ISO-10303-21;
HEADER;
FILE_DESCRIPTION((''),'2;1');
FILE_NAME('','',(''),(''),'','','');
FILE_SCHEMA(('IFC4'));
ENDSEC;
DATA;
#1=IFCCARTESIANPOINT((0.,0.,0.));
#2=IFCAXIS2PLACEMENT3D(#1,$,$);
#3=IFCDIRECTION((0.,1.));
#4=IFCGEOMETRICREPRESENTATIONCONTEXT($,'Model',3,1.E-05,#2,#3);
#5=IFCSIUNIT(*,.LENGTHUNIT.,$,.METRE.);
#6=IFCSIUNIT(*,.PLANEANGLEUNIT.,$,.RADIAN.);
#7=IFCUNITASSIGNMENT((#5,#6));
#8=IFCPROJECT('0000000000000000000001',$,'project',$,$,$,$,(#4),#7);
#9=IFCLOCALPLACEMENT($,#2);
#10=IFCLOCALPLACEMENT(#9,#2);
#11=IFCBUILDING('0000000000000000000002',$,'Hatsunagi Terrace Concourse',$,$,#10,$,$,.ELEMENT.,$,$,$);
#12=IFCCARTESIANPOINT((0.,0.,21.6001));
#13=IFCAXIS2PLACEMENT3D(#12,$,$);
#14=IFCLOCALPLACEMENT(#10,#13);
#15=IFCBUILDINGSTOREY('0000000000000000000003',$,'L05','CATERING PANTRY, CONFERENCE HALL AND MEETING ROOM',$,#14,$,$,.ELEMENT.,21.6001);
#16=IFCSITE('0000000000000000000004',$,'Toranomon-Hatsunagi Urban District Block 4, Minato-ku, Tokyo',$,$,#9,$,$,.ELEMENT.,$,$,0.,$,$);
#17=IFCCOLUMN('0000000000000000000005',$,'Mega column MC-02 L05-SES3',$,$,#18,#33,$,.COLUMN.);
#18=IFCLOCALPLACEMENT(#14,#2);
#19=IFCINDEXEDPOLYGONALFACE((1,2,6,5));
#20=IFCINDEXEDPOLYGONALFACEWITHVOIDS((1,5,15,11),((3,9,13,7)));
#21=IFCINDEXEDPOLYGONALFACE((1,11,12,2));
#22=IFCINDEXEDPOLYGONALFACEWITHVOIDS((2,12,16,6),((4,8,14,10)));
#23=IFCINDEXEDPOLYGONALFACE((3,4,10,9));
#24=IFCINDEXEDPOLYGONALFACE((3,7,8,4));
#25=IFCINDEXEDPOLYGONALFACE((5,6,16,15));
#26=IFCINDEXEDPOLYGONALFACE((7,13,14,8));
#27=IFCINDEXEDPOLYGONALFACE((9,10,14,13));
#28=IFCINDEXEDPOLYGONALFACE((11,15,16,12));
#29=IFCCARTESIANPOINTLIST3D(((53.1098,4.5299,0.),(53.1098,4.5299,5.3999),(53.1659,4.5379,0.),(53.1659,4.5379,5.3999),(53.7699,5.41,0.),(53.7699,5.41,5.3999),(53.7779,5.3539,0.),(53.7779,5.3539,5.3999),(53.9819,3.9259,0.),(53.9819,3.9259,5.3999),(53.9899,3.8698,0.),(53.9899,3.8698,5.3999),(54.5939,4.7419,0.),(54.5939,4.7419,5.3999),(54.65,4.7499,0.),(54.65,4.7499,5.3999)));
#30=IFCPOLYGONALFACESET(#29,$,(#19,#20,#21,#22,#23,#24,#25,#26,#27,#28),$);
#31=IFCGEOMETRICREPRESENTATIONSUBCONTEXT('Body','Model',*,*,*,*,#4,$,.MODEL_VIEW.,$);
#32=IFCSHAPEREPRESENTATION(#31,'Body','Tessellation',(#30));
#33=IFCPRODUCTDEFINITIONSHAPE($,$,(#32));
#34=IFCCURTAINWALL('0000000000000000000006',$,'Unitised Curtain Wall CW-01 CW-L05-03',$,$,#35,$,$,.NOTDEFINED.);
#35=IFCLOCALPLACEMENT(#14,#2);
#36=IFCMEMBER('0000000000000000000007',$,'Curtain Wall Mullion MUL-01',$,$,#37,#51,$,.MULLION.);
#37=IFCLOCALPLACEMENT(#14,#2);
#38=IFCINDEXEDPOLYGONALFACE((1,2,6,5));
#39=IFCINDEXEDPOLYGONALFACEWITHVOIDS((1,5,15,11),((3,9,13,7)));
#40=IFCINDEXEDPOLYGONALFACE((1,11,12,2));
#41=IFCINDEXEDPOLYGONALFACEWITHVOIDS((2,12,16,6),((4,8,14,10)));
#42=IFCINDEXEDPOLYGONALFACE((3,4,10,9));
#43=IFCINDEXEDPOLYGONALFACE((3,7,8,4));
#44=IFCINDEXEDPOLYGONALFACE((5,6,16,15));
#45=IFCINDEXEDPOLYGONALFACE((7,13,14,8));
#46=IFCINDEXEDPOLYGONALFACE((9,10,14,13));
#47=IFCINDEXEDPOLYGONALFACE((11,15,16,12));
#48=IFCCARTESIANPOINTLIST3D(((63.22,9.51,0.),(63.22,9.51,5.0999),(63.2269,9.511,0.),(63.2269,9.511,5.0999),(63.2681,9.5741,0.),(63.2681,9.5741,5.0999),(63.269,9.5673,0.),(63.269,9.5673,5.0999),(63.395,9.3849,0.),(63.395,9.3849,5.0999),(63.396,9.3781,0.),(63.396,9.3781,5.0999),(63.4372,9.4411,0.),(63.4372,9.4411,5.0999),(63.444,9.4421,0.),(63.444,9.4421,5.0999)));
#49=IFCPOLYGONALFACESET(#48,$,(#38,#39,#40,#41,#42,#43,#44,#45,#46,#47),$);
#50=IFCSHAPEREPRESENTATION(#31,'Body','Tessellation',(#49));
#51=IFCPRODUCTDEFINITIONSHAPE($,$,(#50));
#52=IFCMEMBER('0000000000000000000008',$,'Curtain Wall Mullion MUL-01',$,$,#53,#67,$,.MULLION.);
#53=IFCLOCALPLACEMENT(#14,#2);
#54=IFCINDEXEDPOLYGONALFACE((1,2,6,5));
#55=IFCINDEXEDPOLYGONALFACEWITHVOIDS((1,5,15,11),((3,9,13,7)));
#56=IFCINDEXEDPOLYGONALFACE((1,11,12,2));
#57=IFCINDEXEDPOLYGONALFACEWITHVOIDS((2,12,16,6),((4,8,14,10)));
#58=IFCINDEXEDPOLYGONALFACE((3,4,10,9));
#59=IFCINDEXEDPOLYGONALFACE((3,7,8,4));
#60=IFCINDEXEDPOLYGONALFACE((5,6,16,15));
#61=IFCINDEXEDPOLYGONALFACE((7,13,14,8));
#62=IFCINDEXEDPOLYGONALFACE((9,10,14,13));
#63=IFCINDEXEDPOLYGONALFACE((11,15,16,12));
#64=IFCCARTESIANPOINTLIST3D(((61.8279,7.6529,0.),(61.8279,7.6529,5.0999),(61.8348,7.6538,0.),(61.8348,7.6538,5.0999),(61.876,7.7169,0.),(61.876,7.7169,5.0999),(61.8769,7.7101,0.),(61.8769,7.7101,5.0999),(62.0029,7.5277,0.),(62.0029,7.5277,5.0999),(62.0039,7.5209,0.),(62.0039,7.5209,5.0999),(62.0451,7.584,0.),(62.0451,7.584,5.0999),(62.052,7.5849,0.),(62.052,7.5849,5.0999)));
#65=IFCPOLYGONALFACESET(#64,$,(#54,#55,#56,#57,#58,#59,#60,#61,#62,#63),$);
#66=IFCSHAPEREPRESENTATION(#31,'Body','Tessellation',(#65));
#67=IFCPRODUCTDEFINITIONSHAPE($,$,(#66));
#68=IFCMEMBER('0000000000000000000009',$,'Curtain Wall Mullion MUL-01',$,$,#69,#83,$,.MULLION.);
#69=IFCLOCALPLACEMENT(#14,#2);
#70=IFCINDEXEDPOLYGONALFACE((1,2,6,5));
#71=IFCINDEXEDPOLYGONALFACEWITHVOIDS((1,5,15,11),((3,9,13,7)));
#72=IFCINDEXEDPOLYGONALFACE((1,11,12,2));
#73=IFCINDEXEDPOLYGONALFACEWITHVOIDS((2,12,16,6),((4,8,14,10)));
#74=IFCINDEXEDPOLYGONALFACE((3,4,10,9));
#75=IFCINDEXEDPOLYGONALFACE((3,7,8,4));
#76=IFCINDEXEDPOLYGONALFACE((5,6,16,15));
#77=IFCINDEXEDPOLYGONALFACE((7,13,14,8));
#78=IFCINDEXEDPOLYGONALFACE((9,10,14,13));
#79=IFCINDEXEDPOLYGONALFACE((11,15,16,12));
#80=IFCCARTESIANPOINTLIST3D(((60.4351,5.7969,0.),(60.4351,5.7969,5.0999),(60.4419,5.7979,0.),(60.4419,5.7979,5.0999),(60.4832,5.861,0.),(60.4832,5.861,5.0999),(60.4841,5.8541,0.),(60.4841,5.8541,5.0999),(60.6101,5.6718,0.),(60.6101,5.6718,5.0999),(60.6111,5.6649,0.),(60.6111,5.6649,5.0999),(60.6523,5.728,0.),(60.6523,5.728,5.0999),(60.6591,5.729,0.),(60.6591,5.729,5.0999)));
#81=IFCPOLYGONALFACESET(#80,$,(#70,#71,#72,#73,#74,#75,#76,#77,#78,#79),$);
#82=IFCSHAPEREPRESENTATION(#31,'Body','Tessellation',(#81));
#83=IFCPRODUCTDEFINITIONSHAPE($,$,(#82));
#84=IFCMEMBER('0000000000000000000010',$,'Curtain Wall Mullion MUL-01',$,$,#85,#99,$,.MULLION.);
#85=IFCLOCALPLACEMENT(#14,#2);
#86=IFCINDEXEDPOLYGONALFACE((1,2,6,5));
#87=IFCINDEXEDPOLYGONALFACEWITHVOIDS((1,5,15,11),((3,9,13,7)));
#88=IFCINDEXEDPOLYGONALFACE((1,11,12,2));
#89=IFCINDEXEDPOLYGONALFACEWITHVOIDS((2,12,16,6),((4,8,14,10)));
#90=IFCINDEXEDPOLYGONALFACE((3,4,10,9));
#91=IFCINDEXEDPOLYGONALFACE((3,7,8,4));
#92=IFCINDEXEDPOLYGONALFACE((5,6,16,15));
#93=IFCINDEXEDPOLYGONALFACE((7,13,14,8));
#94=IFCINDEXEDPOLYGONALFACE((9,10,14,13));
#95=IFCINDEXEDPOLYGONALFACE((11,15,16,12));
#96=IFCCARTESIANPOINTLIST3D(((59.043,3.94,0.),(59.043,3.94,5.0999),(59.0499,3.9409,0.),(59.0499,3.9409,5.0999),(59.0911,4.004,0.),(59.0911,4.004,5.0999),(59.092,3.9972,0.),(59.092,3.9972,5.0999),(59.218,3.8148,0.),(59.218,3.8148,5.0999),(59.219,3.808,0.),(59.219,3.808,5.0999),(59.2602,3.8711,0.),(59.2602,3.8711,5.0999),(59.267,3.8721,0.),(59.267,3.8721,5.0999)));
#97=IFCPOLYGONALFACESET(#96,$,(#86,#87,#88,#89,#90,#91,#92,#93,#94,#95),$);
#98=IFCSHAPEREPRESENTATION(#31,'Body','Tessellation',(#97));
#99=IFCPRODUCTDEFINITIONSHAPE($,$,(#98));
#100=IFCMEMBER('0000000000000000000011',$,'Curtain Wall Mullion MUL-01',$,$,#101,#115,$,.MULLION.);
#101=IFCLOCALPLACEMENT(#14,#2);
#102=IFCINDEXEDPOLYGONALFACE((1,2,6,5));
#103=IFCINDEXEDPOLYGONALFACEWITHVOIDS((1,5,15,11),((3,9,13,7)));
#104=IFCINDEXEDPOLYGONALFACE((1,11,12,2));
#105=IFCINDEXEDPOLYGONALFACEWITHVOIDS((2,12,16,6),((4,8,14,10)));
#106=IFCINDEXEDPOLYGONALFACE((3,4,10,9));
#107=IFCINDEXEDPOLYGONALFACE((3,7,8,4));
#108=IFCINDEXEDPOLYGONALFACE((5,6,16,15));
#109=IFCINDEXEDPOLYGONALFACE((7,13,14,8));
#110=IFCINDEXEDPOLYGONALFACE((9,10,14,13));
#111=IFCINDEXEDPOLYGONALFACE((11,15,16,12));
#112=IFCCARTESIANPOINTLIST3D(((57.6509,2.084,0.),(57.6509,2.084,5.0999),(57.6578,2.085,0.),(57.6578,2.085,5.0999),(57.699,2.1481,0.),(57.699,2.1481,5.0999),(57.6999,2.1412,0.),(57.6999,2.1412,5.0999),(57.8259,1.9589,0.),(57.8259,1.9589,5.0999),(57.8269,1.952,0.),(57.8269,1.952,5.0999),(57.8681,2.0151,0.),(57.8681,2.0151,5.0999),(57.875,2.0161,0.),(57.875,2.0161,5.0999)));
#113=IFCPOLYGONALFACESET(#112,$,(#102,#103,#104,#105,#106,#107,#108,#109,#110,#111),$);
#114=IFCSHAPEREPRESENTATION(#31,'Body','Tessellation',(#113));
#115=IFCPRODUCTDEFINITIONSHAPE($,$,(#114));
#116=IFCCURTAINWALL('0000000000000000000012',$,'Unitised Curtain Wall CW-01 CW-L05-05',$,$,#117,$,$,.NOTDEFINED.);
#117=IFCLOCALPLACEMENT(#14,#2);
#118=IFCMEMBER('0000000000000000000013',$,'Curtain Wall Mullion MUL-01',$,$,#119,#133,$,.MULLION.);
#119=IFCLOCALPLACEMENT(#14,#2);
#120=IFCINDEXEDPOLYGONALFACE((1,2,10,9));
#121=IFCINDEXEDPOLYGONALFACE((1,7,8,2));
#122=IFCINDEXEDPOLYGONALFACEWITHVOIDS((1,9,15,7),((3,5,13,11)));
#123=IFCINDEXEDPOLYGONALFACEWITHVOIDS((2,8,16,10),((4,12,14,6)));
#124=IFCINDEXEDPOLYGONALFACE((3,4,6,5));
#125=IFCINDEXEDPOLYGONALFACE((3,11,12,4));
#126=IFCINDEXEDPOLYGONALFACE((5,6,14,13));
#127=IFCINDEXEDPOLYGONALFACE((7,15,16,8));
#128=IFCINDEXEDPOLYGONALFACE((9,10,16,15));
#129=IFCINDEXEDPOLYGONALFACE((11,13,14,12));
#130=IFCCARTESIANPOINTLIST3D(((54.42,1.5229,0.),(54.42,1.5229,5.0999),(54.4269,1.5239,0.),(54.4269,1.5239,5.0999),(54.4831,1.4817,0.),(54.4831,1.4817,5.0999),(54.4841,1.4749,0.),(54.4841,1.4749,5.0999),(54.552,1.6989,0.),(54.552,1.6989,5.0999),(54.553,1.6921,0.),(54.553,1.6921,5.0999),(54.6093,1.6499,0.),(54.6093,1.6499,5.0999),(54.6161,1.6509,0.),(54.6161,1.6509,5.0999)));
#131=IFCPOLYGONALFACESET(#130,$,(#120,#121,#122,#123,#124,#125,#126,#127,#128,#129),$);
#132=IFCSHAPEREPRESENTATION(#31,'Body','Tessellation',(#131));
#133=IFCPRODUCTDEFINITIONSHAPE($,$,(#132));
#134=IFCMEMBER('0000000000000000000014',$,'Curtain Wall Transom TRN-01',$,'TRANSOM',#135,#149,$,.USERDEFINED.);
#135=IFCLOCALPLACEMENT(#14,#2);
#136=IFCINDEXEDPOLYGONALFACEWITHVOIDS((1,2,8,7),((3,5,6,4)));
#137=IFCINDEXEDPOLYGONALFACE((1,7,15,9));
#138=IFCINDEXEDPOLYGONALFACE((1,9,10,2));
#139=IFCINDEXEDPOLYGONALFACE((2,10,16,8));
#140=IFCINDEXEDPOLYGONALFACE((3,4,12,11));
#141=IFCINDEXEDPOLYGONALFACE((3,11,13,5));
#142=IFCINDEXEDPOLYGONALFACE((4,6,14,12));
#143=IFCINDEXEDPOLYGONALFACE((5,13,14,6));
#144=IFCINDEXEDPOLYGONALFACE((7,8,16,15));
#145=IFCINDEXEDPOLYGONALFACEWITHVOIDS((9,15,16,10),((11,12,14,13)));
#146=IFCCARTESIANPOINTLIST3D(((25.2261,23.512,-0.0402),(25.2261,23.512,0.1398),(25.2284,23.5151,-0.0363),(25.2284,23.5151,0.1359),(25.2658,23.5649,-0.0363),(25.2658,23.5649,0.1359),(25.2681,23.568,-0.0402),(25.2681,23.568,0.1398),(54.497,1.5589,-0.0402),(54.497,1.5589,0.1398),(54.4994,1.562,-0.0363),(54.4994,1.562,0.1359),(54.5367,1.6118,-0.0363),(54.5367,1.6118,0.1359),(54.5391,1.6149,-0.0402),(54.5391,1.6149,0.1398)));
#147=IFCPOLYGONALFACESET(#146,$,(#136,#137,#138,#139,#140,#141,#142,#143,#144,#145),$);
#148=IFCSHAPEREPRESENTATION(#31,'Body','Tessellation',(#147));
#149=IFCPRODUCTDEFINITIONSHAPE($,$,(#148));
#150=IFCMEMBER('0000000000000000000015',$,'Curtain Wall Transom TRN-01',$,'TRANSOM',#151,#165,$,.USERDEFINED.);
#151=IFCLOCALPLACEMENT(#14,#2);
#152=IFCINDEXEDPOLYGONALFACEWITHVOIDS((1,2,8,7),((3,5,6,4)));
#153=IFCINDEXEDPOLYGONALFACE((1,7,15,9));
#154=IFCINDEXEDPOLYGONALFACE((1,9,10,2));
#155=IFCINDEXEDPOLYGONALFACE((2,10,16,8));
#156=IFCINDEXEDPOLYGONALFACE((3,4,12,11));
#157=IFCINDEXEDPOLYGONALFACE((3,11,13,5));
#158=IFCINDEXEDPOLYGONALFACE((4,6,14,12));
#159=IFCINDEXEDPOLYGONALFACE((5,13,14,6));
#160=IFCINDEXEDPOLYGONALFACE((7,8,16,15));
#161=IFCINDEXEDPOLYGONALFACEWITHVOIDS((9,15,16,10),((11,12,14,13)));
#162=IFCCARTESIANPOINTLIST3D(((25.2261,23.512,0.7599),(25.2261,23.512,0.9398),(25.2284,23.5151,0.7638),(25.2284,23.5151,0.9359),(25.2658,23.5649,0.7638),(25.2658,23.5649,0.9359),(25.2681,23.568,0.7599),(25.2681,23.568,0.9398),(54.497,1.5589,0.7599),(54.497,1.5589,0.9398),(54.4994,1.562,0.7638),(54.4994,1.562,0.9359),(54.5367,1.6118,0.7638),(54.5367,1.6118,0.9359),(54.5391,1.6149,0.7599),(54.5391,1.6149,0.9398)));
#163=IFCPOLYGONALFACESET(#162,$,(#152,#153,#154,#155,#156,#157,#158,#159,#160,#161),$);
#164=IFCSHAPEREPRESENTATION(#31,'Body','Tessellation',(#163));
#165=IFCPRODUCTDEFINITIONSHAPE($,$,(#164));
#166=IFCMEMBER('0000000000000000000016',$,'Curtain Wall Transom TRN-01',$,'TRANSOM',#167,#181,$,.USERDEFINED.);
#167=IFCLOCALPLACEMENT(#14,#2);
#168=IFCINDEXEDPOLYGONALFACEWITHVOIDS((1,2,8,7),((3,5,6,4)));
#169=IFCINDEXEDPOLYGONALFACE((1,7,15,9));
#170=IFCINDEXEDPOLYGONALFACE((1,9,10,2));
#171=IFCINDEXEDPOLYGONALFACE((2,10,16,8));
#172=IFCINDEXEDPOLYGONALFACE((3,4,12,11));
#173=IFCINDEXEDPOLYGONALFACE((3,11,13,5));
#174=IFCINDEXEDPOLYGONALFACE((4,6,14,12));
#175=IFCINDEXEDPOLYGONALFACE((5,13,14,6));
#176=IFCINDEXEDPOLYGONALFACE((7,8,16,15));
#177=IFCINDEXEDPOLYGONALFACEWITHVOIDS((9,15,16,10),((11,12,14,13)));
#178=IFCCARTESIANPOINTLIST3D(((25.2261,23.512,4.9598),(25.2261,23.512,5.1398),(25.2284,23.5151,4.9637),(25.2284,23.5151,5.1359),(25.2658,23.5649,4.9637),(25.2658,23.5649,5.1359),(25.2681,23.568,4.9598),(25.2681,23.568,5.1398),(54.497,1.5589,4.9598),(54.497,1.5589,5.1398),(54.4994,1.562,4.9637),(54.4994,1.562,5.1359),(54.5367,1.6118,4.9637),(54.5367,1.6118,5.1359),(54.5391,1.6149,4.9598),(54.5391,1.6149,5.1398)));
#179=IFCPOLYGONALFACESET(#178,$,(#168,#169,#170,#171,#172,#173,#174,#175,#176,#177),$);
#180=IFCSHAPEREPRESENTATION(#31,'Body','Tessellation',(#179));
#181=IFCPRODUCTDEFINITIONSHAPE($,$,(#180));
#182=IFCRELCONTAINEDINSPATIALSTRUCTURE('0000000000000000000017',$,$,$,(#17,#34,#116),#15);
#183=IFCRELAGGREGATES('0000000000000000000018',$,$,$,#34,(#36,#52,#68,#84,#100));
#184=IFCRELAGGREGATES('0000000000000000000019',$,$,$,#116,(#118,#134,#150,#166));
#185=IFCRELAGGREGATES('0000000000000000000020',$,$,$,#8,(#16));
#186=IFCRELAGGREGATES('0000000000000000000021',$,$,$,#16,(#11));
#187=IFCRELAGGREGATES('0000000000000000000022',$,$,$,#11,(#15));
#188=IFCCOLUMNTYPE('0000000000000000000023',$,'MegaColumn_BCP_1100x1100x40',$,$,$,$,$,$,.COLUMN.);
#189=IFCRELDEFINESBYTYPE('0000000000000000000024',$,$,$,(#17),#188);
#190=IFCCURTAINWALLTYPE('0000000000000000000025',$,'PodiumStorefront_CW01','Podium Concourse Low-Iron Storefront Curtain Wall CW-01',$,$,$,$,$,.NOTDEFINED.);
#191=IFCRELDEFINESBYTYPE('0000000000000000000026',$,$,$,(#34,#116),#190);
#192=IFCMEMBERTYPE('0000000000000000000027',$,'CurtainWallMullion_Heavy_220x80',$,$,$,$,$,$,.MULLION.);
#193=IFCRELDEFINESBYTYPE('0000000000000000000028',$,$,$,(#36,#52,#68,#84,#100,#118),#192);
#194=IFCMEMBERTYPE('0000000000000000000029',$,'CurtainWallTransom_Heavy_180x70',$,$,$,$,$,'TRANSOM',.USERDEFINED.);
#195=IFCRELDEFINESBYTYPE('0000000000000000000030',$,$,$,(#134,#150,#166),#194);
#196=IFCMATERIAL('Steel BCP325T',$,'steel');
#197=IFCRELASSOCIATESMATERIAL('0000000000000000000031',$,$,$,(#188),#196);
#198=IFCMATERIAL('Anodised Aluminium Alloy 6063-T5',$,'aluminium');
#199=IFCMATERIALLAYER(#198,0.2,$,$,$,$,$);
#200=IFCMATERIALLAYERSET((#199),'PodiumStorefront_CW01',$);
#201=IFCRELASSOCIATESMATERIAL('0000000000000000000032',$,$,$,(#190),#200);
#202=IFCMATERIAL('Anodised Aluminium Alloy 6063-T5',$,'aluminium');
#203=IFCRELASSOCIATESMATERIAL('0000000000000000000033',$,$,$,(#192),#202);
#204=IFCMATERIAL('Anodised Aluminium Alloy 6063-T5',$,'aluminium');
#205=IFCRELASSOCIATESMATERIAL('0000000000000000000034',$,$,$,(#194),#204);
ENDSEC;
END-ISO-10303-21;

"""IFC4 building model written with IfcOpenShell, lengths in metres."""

from ifc_helpers import new_model, si_unit, direction, frame, origin, origin_2d, place, context, subcontext, project, spatial, hollow_rectangle, extrude, material, layer, layer_set, material_profile, profile_set, type_object, element, aggregate, save


model = new_model("IFC4")

# Units and contexts
model_context = context("Model", 3, precision=1e-05, world=origin(), true_north=direction((0.0, 1.0)))
body_context = subcontext(model_context, "Body", "Model", "MODEL_VIEW")
ifc_project = project(units=[si_unit("LENGTHUNIT", "METRE"), si_unit("PLANEANGLEUNIT", "RADIAN")], contexts=[model_context])

# Site, building, storey
site_placement = place(None, origin())
site = spatial("IfcSite", under=ifc_project, at=site_placement, Name="Toranomon-Hatsunagi Urban District Block 4, Minato-ku, Tokyo", CompositionType="ELEMENT", RefElevation=0.0)
building_placement = place(site_placement, origin())
building = spatial("IfcBuilding", under=site, at=building_placement, Name="Hatsunagi Terrace Concourse", CompositionType="ELEMENT")
storey_placement = place(building_placement, frame((0.0, 0.0, 21.6001)))
storey = spatial("IfcBuildingStorey", under=building, at=storey_placement, Name="L05", Description="CATERING PANTRY, CONFERENCE HALL AND MEETING ROOM", CompositionType="ELEMENT", Elevation=21.6001)

# Column
ifc_material_1 = material(Name="Steel BCP325T", Category="steel")
ifc_material_profile_1 = material_profile(ifc_material_1, hollow_rectangle(XDim=1.1001, YDim=1.1001, WallThickness=0.04, at=origin_2d()), Name="BCP-1100x1100x40")
ifc_profile_set_1 = profile_set([ifc_material_profile_1], Name="Steel BCP325T")
column_type = type_object("IfcColumnType", Name="MegaColumn_BCP_1100x1100x40", PredefinedType="COLUMN", material=ifc_profile_set_1)
column_placement = place(storey_placement, frame((53.8799, 4.6399, 0.0), z_axis=(0.0, 0.0, 1.0), x_axis=(0.8, -0.6, 0.0)))
element("IfcColumn", 1, at=column_placement, inside=storey, type_object=column_type, Name="Mega column MC-02 L05-SES3", PredefinedType="COLUMN", context=body_context, shape_type="SweptSolid", body=[
    extrude(hollow_rectangle(XDim=1.1001, YDim=1.1001, WallThickness=0.04, at=origin_2d()), origin(), (0.0, 0.0, 1.0), 5.3999),
])

# Curtain walls, members
ifc_material_2 = material(Name="Anodised Aluminium Alloy 6063-T5", Category="aluminium")
ifc_layer_1 = layer(ifc_material_2, 0.2)
ifc_layer_set_1 = layer_set([ifc_layer_1], Name="PodiumStorefront_CW01")
curtain_wall_type = type_object("IfcCurtainWallType", Name="PodiumStorefront_CW01", Description="Podium Concourse Low-Iron Storefront Curtain Wall CW-01", PredefinedType="NOTDEFINED", material=ifc_layer_set_1)
curtain_wall_1_placement = place(storey_placement, origin())
curtain_wall_1 = element("IfcCurtainWall", 2, at=curtain_wall_1_placement, inside=storey, type_object=curtain_wall_type, Name="Unitised Curtain Wall CW-01 CW-L05-03", PredefinedType="NOTDEFINED")
ifc_material_3 = material(Name="Anodised Aluminium Alloy 6063-T5", Category="aluminium")
ifc_material_profile_2 = material_profile(ifc_material_3, hollow_rectangle(XDim=0.0801, YDim=0.22, WallThickness=0.0049, at=origin_2d()), Name="ALU-MUL-220x80x5")
ifc_profile_set_2 = profile_set([ifc_material_profile_2], Name="Anodised Aluminium Alloy 6063-T5")
member_type_1 = type_object("IfcMemberType", Name="CurtainWallMullion_Heavy_220x80", PredefinedType="MULLION", material=ifc_profile_set_2)
member_1_placement = place(storey_placement, frame((63.332, 9.4761, 0.0), z_axis=(0.0, 0.0, 1.0), x_axis=(-0.599969, -0.800023, 0.0)))
member_1 = element("IfcMember", 3, at=member_1_placement, type_object=member_type_1, Name="Curtain Wall Mullion MUL-01", PredefinedType="MULLION", context=body_context, shape_type="SweptSolid", body=[
    extrude(hollow_rectangle(XDim=0.0801, YDim=0.22, WallThickness=0.0049, at=origin_2d()), origin(), (0.0, 0.0, 1.0), 5.0999),
])
member_2_placement = place(storey_placement, frame((61.9399, 7.6189, 0.0), z_axis=(0.0, 0.0, 1.0), x_axis=(-0.599969, -0.800023, 0.0)))
member_2 = element("IfcMember", 4, at=member_2_placement, type_object=member_type_1, Name="Curtain Wall Mullion MUL-01", PredefinedType="MULLION", context=body_context, shape_type="SweptSolid", body=[
    extrude(hollow_rectangle(XDim=0.0801, YDim=0.22, WallThickness=0.0049, at=origin_2d()), origin(), (0.0, 0.0, 1.0), 5.0999),
])
member_3_placement = place(storey_placement, frame((60.5471, 5.7629, 0.0), z_axis=(0.0, 0.0, 1.0), x_axis=(-0.599969, -0.800023, 0.0)))
member_3 = element("IfcMember", 5, at=member_3_placement, type_object=member_type_1, Name="Curtain Wall Mullion MUL-01", PredefinedType="MULLION", context=body_context, shape_type="SweptSolid", body=[
    extrude(hollow_rectangle(XDim=0.0801, YDim=0.22, WallThickness=0.0049, at=origin_2d()), origin(), (0.0, 0.0, 1.0), 5.0999),
])
member_4_placement = place(storey_placement, frame((59.155, 3.906, 0.0), z_axis=(0.0, 0.0, 1.0), x_axis=(-0.599969, -0.800023, 0.0)))
member_4 = element("IfcMember", 6, at=member_4_placement, type_object=member_type_1, Name="Curtain Wall Mullion MUL-01", PredefinedType="MULLION", context=body_context, shape_type="SweptSolid", body=[
    extrude(hollow_rectangle(XDim=0.0801, YDim=0.22, WallThickness=0.0049, at=origin_2d()), origin(), (0.0, 0.0, 1.0), 5.0999),
])
member_5_placement = place(storey_placement, frame((57.7629, 2.05, 0.0), z_axis=(0.0, 0.0, 1.0), x_axis=(-0.599969, -0.800023, 0.0)))
member_5 = element("IfcMember", 7, at=member_5_placement, type_object=member_type_1, Name="Curtain Wall Mullion MUL-01", PredefinedType="MULLION", context=body_context, shape_type="SweptSolid", body=[
    extrude(hollow_rectangle(XDim=0.0801, YDim=0.22, WallThickness=0.0049, at=origin_2d()), origin(), (0.0, 0.0, 1.0), 5.0999),
])
curtain_wall_2_placement = place(storey_placement, origin())
curtain_wall_2 = element("IfcCurtainWall", 8, at=curtain_wall_2_placement, inside=storey, type_object=curtain_wall_type, Name="Unitised Curtain Wall CW-01 CW-L05-05", PredefinedType="NOTDEFINED")
member_6_placement = place(storey_placement, frame((54.5181, 1.5869, 0.0), z_axis=(0.0, 0.0, 1.0), x_axis=(-0.800003, 0.599996, 0.0)))
member_6 = element("IfcMember", 9, at=member_6_placement, type_object=member_type_1, Name="Curtain Wall Mullion MUL-01", PredefinedType="MULLION", context=body_context, shape_type="SweptSolid", body=[
    extrude(hollow_rectangle(XDim=0.0801, YDim=0.22, WallThickness=0.0049, at=origin_2d()), origin(), (0.0, 0.0, 1.0), 5.0999),
])
ifc_material_4 = material(Name="Anodised Aluminium Alloy 6063-T5", Category="aluminium")
ifc_material_profile_3 = material_profile(ifc_material_4, hollow_rectangle(XDim=0.0701, YDim=0.1799, WallThickness=0.0039, at=origin_2d()), Name="ALU-TRN-180x70x4")
ifc_profile_set_3 = profile_set([ifc_material_profile_3], Name="Anodised Aluminium Alloy 6063-T5")
member_type_2 = type_object("IfcMemberType", Name="CurtainWallTransom_Heavy_180x70", ElementType="TRANSOM", PredefinedType="USERDEFINED", material=ifc_profile_set_3)
member_7_placement = place(storey_placement, frame((54.5181, 1.5869, 0.0498), z_axis=(-0.800002, 0.599998, 0.0), x_axis=(-0.599998, -0.800002, 0.0)))
member_7 = element("IfcMember", 10, at=member_7_placement, type_object=member_type_2, Name="Curtain Wall Transom TRN-01", ObjectType="TRANSOM", PredefinedType="USERDEFINED", context=body_context, shape_type="SweptSolid", body=[
    extrude(hollow_rectangle(XDim=0.0701, YDim=0.1799, WallThickness=0.0039, at=origin_2d()), origin(), (0.0, 0.0, 1.0), 36.5886),
])
member_8_placement = place(storey_placement, frame((54.5181, 1.5869, 0.8499), z_axis=(-0.800002, 0.599998, 0.0), x_axis=(-0.599998, -0.800002, 0.0)))
member_8 = element("IfcMember", 11, at=member_8_placement, type_object=member_type_2, Name="Curtain Wall Transom TRN-01", ObjectType="TRANSOM", PredefinedType="USERDEFINED", context=body_context, shape_type="SweptSolid", body=[
    extrude(hollow_rectangle(XDim=0.0701, YDim=0.1799, WallThickness=0.0039, at=origin_2d()), origin(), (0.0, 0.0, 1.0), 36.5886),
])
member_9_placement = place(storey_placement, frame((54.5181, 1.5869, 5.0498), z_axis=(-0.800002, 0.599998, 0.0), x_axis=(-0.599998, -0.800002, 0.0)))
member_9 = element("IfcMember", 12, at=member_9_placement, type_object=member_type_2, Name="Curtain Wall Transom TRN-01", ObjectType="TRANSOM", PredefinedType="USERDEFINED", context=body_context, shape_type="SweptSolid", body=[
    extrude(hollow_rectangle(XDim=0.0701, YDim=0.1799, WallThickness=0.0039, at=origin_2d()), origin(), (0.0, 0.0, 1.0), 36.5886),
])

aggregate(curtain_wall_1, [member_1, member_2, member_3, member_4, member_5])
aggregate(curtain_wall_2, [member_6, member_7, member_8, member_9])

save(model, "model.ifc")
